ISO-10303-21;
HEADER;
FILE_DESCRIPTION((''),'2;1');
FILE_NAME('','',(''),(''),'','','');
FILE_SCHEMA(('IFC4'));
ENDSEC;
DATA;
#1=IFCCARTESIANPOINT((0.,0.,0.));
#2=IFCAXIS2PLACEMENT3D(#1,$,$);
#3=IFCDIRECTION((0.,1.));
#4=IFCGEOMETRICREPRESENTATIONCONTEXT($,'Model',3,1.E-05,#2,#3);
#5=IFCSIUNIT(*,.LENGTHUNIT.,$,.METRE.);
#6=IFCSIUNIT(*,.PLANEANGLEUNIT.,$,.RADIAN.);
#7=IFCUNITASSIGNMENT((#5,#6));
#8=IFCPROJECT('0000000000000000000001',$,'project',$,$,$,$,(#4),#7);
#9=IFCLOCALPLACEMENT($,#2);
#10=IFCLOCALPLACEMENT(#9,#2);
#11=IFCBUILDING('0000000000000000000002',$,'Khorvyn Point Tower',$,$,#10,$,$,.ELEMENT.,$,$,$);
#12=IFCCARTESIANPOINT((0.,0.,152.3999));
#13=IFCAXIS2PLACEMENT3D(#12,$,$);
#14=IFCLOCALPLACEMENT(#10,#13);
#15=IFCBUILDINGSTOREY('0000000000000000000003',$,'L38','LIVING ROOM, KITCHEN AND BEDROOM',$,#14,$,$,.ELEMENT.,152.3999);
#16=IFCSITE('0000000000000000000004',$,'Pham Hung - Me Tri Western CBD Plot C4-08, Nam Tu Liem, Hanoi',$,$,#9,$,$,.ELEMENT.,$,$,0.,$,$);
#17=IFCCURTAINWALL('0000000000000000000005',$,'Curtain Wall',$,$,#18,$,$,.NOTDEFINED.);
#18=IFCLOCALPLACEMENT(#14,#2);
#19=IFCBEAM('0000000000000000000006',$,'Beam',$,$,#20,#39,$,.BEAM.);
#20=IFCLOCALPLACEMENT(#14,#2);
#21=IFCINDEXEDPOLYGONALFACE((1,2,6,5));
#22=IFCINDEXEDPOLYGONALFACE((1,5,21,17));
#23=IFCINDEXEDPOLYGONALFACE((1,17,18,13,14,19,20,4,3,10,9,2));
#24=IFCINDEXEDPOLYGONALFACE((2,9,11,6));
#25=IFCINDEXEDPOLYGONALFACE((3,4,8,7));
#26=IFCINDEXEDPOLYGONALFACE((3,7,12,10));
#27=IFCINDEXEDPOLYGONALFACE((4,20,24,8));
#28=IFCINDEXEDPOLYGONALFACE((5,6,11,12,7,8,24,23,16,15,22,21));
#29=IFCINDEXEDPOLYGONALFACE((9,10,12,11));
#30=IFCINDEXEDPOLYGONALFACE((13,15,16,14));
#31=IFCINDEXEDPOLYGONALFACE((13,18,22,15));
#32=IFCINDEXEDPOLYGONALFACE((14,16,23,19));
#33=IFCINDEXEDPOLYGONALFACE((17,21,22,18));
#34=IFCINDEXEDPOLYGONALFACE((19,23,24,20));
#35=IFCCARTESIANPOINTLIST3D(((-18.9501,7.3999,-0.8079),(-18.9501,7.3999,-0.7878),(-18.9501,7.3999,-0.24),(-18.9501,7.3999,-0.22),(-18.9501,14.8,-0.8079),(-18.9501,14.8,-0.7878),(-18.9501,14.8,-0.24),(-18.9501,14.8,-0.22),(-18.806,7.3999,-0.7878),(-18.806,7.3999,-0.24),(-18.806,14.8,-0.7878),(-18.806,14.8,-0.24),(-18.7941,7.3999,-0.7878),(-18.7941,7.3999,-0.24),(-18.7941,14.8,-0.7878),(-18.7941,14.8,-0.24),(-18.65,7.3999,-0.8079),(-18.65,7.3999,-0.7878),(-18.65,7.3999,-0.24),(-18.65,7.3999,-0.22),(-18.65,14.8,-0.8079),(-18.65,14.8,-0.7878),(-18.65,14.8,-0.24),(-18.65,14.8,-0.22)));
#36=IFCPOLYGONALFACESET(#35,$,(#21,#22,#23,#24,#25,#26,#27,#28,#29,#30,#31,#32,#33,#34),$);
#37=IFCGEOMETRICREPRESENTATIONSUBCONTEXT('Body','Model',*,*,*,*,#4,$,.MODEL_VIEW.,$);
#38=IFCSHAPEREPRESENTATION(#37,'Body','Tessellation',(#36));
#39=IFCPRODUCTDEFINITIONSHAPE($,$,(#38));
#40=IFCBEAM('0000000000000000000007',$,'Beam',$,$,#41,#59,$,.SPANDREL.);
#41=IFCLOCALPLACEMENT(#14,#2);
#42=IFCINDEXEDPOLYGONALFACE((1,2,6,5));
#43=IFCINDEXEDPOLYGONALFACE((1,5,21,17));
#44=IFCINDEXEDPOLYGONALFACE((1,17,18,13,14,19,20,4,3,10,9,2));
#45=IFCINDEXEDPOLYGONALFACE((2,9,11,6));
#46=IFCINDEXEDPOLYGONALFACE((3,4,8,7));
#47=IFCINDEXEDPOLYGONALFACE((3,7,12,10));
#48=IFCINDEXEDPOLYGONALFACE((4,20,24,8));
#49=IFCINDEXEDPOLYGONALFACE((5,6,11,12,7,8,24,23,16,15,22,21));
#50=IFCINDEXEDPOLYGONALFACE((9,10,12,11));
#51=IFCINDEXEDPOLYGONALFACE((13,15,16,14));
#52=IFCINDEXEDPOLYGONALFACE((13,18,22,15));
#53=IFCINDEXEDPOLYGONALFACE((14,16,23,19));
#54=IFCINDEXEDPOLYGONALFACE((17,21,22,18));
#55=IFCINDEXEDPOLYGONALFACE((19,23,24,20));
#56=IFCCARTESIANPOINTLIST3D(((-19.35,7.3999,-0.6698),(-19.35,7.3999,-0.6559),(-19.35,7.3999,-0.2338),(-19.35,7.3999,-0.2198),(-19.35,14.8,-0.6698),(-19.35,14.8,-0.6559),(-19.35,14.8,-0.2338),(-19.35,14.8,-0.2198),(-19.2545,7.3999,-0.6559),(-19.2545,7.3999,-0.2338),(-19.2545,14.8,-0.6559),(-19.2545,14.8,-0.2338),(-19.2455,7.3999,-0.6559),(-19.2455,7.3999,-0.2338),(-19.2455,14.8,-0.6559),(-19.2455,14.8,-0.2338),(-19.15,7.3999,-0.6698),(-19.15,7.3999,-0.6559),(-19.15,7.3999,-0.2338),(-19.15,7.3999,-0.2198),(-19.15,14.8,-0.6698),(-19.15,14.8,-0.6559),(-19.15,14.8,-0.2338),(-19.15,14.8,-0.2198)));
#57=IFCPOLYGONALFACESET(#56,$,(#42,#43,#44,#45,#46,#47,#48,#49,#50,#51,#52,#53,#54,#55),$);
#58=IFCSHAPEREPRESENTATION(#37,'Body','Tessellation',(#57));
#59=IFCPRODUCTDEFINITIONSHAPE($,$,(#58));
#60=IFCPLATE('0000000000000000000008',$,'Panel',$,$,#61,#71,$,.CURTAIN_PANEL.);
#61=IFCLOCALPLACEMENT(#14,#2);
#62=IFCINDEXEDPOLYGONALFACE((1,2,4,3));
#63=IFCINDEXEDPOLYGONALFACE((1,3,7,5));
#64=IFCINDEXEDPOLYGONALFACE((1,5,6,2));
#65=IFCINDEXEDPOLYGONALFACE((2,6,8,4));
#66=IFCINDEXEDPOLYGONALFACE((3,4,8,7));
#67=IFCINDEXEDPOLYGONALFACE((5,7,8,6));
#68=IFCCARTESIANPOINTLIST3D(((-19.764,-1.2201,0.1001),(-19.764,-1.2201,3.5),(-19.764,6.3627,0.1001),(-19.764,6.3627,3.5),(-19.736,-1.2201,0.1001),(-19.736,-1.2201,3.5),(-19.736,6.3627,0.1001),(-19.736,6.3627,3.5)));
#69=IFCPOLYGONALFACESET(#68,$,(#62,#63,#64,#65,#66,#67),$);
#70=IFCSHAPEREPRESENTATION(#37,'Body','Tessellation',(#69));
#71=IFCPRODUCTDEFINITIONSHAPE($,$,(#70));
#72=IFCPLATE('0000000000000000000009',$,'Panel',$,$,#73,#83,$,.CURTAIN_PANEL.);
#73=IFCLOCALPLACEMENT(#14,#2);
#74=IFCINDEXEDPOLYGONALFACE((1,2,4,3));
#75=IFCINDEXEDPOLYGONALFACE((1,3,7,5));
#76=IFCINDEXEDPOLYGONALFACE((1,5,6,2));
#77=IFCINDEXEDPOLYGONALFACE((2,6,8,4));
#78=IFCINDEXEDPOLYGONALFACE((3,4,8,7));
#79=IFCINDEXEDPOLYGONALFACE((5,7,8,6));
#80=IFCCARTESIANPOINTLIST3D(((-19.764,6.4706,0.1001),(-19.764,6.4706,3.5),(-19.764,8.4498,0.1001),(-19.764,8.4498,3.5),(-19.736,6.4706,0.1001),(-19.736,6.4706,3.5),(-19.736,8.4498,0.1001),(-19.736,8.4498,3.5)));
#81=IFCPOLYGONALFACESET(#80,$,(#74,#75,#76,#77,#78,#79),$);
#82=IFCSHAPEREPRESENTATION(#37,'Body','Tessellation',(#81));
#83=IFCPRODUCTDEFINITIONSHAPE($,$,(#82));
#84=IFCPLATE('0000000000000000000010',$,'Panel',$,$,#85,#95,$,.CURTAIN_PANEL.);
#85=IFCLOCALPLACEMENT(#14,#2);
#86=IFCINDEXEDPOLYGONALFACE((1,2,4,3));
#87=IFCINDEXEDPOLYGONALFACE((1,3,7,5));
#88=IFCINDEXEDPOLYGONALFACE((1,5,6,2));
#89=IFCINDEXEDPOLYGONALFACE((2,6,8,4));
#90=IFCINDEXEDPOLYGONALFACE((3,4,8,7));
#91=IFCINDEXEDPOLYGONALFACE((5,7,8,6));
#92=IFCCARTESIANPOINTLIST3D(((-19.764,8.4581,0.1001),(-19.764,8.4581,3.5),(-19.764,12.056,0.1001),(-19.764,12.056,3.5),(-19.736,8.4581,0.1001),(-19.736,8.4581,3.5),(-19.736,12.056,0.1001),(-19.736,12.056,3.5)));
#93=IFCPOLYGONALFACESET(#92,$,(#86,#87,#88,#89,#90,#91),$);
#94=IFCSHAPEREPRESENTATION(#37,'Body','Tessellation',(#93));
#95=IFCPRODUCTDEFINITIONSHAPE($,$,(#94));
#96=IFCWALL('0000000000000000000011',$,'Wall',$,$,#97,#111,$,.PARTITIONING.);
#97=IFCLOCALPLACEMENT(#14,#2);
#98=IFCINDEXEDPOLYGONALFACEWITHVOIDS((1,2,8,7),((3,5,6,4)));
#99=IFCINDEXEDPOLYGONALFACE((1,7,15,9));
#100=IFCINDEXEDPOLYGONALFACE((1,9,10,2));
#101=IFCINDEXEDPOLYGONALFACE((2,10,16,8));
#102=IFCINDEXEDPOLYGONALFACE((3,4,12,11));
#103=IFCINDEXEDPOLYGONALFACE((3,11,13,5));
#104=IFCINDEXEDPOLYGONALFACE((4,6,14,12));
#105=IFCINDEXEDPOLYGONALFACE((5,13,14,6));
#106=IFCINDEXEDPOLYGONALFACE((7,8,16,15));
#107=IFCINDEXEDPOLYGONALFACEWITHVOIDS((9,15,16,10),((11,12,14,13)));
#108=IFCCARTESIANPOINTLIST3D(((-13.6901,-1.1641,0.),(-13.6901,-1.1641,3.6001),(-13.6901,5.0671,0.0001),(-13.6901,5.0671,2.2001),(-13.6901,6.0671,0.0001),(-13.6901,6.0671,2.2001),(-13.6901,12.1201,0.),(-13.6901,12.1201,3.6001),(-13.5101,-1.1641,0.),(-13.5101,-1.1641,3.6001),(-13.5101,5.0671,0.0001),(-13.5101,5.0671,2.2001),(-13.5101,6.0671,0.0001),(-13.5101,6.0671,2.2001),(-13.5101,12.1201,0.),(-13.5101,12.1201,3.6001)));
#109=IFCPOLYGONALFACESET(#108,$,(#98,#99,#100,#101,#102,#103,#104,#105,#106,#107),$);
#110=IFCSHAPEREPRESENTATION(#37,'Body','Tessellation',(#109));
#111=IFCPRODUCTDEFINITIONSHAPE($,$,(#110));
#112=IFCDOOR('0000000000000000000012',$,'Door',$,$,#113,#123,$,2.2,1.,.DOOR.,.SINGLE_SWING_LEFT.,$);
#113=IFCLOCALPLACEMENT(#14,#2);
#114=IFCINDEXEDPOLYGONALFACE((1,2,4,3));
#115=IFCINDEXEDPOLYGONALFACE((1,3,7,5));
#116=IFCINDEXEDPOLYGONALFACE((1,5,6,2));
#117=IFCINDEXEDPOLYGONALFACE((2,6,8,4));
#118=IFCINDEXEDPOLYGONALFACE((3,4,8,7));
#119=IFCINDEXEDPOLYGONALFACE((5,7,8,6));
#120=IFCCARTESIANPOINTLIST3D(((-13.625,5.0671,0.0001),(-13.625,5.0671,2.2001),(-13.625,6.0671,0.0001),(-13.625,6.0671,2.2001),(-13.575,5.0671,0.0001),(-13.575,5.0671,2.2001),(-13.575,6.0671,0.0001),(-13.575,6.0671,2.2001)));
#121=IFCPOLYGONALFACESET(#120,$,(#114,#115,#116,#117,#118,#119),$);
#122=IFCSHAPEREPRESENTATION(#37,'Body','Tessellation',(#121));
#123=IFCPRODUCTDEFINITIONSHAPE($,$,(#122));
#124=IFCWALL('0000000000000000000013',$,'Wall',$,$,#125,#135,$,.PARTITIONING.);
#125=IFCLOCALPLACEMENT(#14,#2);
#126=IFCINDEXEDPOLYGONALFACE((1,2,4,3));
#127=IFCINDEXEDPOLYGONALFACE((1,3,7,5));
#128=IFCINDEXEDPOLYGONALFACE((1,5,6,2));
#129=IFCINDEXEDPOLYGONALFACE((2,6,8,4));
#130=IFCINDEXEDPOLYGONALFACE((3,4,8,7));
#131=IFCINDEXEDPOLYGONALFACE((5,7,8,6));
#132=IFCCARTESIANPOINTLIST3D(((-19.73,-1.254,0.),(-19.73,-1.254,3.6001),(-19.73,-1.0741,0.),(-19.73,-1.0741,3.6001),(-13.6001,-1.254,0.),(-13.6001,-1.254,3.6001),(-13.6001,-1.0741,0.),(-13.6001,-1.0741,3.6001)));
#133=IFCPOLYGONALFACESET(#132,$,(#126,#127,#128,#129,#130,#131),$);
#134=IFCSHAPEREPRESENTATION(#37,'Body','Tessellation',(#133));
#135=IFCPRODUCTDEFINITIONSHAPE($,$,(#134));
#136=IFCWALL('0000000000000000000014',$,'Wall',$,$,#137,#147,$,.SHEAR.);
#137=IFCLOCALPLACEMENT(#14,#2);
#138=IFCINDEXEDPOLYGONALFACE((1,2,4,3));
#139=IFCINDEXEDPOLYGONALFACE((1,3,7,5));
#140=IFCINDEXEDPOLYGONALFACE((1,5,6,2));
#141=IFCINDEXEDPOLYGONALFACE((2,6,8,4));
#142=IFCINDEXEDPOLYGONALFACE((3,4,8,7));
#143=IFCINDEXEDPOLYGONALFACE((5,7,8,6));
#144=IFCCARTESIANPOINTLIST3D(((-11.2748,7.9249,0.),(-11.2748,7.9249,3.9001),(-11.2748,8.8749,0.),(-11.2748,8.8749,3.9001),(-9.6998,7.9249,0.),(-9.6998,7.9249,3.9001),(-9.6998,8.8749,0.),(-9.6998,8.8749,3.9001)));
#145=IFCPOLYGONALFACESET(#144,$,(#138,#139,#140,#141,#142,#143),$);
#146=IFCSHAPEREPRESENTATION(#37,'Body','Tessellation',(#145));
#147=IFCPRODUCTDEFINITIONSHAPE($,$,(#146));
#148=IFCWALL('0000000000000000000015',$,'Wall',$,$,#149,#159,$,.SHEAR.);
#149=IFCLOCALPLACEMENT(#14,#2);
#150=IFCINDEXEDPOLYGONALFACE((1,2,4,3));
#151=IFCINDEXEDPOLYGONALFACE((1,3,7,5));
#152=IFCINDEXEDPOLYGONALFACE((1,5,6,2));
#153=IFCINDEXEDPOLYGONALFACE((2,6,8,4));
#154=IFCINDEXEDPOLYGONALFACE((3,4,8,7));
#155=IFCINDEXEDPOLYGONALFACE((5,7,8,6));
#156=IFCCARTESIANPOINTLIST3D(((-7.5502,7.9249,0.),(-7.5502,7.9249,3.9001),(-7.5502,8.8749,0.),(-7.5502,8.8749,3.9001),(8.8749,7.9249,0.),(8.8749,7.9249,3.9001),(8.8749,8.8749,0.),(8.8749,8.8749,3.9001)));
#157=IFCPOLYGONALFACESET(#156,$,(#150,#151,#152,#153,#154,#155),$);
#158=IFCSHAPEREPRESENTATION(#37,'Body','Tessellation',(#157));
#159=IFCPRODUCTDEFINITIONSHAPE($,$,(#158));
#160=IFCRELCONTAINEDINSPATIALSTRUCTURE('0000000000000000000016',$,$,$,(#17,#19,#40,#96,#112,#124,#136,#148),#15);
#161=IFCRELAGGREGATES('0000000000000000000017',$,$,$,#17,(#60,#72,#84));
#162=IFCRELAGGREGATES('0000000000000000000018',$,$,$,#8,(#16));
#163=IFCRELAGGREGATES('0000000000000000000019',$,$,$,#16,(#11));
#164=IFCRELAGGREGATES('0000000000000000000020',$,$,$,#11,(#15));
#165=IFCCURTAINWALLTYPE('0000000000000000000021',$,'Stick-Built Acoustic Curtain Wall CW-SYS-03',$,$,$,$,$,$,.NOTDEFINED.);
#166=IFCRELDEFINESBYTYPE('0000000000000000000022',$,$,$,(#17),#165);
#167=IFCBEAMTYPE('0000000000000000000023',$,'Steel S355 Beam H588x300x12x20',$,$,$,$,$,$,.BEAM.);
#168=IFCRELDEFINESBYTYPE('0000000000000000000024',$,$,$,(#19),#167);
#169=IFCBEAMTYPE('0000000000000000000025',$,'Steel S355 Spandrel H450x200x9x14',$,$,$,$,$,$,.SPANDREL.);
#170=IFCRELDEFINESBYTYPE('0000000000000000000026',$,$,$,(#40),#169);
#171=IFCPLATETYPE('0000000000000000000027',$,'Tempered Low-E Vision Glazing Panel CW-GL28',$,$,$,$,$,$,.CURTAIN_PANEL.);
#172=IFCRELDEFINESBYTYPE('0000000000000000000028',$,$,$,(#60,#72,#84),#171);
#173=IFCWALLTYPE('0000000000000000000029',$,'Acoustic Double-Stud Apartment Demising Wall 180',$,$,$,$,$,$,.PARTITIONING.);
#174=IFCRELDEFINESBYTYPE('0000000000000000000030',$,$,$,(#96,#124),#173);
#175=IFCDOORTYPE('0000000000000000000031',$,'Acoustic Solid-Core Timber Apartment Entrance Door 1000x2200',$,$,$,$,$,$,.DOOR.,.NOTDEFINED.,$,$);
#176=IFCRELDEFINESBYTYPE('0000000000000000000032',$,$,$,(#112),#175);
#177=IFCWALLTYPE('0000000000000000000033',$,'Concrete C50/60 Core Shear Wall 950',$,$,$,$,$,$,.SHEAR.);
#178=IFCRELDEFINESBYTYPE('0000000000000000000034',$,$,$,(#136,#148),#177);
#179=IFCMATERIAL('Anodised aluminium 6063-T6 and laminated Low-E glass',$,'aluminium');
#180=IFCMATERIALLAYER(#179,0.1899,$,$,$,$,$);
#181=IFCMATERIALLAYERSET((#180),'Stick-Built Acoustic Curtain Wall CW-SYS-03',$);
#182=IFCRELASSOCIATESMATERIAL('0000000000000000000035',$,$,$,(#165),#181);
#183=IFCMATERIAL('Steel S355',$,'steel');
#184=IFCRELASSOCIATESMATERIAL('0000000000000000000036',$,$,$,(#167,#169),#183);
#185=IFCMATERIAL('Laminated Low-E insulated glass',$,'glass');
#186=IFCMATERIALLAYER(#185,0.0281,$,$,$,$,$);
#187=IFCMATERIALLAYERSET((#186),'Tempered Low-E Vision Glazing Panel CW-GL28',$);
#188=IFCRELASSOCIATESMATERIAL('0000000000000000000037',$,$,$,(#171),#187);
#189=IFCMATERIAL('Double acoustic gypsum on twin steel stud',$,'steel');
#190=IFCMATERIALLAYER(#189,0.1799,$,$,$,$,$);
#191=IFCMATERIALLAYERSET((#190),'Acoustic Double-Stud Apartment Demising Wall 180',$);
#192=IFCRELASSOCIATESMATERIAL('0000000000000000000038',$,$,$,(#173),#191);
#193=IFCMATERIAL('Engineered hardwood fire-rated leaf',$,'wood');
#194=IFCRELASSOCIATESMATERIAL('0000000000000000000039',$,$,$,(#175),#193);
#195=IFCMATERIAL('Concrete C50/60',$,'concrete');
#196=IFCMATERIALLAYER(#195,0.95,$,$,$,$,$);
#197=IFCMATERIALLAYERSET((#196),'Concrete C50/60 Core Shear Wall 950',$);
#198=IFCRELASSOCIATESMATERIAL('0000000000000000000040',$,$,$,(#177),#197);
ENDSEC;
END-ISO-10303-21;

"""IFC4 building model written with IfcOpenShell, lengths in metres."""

from ifc_helpers import new_model, si_unit, direction, frame, frame_2d, origin, origin_2d, place, context, subcontext, project, spatial, rectangle, i_section, extrude, material, layer, layer_set, material_profile, profile_set, type_object, element, fill, aggregate, save


model = new_model("IFC4")

# Units and contexts
model_context = context("Model", 3, precision=1e-05, world=origin(), true_north=direction((0.0, 1.0)))
body_context = subcontext(model_context, "Body", "Model", "MODEL_VIEW")
ifc_project = project(units=[si_unit("LENGTHUNIT", "METRE"), si_unit("PLANEANGLEUNIT", "RADIAN")], contexts=[model_context])

# Site, building, storey
site_placement = place(None, origin())
site = spatial("IfcSite", under=ifc_project, at=site_placement, Name="Pham Hung - Me Tri Western CBD Plot C4-08, Nam Tu Liem, Hanoi", CompositionType="ELEMENT", RefElevation=0.0)
building_placement = place(site_placement, origin())
building = spatial("IfcBuilding", under=site, at=building_placement, Name="Khorvyn Point Tower", CompositionType="ELEMENT")
storey_placement = place(building_placement, frame((0.0, 0.0, 152.3999)))
storey = spatial("IfcBuildingStorey", under=building, at=storey_placement, Name="L38", Description="LIVING ROOM, KITCHEN AND BEDROOM", CompositionType="ELEMENT", Elevation=152.3999)

# Shared definitions
ifc_material_1 = material(Name="Concrete C50/60", Category="concrete")

# Curtain wall
ifc_material_2 = material(Name="Anodised aluminium 6063-T6 and laminated Low-E glass", Category="aluminium")
ifc_layer_1 = layer(ifc_material_2, 0.1899)
ifc_layer_set_1 = layer_set([ifc_layer_1], Name="Stick-Built Acoustic Curtain Wall CW-SYS-03")
curtain_wall_type = type_object("IfcCurtainWallType", Name="Stick-Built Acoustic Curtain Wall CW-SYS-03", PredefinedType="NOTDEFINED", material=ifc_layer_set_1)
curtain_wall_placement = place(storey_placement, origin())
curtain_wall = element("IfcCurtainWall", 1, at=curtain_wall_placement, inside=storey, type_object=curtain_wall_type, Name="Curtain Wall", PredefinedType="NOTDEFINED")

# Beams
ifc_material_3 = material(Name="Steel S355", Category="steel")
ifc_material_profile_1 = material_profile(ifc_material_3, i_section(OverallWidth=0.3, OverallDepth=0.5879, WebThickness=0.012, FlangeThickness=0.02, at=origin_2d()))
ifc_profile_set_1 = profile_set([ifc_material_profile_1], Name="Steel S355 H588x300x12x20")
beam_type_1 = type_object("IfcBeamType", Name="Steel S355 Beam H588x300x12x20", PredefinedType="BEAM", material=ifc_profile_set_1)
for number, where, z_axis, x_axis, name in (
    (2, (-18.8, 7.3999, -0.5139), (0.0, 1.0, 0.0), (-1.0, 0.0, 0.0), "Beam"),
):
    element("IfcBeam", number, at=place(storey_placement, frame(where, z_axis=z_axis, x_axis=x_axis)), inside=storey, type_object=beam_type_1, Name=name, PredefinedType="BEAM", context=body_context, shape_type="SweptSolid", body=[
        extrude(i_section(OverallWidth=0.3, OverallDepth=0.5879, WebThickness=0.012, FlangeThickness=0.02, at=origin_2d()), origin(), (0.0, 0.0, 1.0), 7.4001),
    ])
ifc_material_profile_2 = material_profile(ifc_material_3, i_section(OverallWidth=0.2, OverallDepth=0.45, WebThickness=0.009, FlangeThickness=0.0139, at=origin_2d()))
ifc_profile_set_2 = profile_set([ifc_material_profile_2], Name="Steel S355 H450x200x9x14")
beam_type_2 = type_object("IfcBeamType", Name="Steel S355 Spandrel H450x200x9x14", PredefinedType="SPANDREL", material=ifc_profile_set_2)
beam_1_placement = place(storey_placement, frame((-19.25, 7.3999, -0.4448), z_axis=(0.0, 1.0, 0.0), x_axis=(-1.0, 0.0, 0.0)))
element("IfcBeam", 3, at=beam_1_placement, inside=storey, type_object=beam_type_2, Name="Beam", PredefinedType="SPANDREL", context=body_context, shape_type="SweptSolid", body=[
    extrude(i_section(OverallWidth=0.2, OverallDepth=0.45, WebThickness=0.009, FlangeThickness=0.0139, at=origin_2d()), origin(), (0.0, 0.0, 1.0), 7.4001),
])

# Plates
ifc_material_4 = material(Name="Laminated Low-E insulated glass", Category="glass")
ifc_layer_2 = layer(ifc_material_4, 0.0281)
ifc_layer_set_2 = layer_set([ifc_layer_2], Name="Tempered Low-E Vision Glazing Panel CW-GL28")
plate_type = type_object("IfcPlateType", Name="Tempered Low-E Vision Glazing Panel CW-GL28", PredefinedType="CURTAIN_PANEL", material=ifc_layer_set_2)
plate_1_placement = place(storey_placement, frame((-19.75, 2.5713, 0.1001), z_axis=(0.0, 0.0, 1.0), x_axis=(0.0, 1.0, 0.0)))
plate_1 = element("IfcPlate", 4, at=plate_1_placement, type_object=plate_type, Name="Panel", PredefinedType="CURTAIN_PANEL", context=body_context, shape_type="SweptSolid", body=[
    extrude(rectangle(XDim=7.5828, YDim=0.0281, at=origin_2d()), origin(), (0.0, 0.0, 1.0), 3.3999),
])
plate_2_placement = place(storey_placement, frame((-19.75, 7.4602, 0.1001), z_axis=(0.0, 0.0, 1.0), x_axis=(0.0, 1.0, 0.0)))
plate_2 = element("IfcPlate", 5, at=plate_2_placement, type_object=plate_type, Name="Panel", PredefinedType="CURTAIN_PANEL", context=body_context, shape_type="SweptSolid", body=[
    extrude(rectangle(XDim=1.9792, YDim=0.0281, at=origin_2d()), origin(), (0.0, 0.0, 1.0), 3.3999),
])
plate_3_placement = place(storey_placement, frame((-19.75, 10.2571, 0.1001), z_axis=(0.0, 0.0, 1.0), x_axis=(0.0, 1.0, 0.0)))
plate_3 = element("IfcPlate", 6, at=plate_3_placement, type_object=plate_type, Name="Panel", PredefinedType="CURTAIN_PANEL", context=body_context, shape_type="SweptSolid", body=[
    extrude(rectangle(XDim=3.5979, YDim=0.0281, at=origin_2d()), origin(), (0.0, 0.0, 1.0), 3.3999),
])
aggregate(curtain_wall, [plate_1, plate_2, plate_3])

# Wall, opening, door
ifc_material_5 = material(Name="Double acoustic gypsum on twin steel stud", Category="steel")
ifc_layer_3 = layer(ifc_material_5, 0.1799)
ifc_layer_set_3 = layer_set([ifc_layer_3], Name="Acoustic Double-Stud Apartment Demising Wall 180")
wall_type_1 = type_object("IfcWallType", Name="Acoustic Double-Stud Apartment Demising Wall 180", PredefinedType="PARTITIONING", material=ifc_layer_set_3)
wall_1_placement = place(storey_placement, frame((-13.6001, -1.1641, 0.0), z_axis=(0.0, 0.0, 1.0), x_axis=(0.0, 1.0, 0.0)))
wall_1 = element("IfcWall", 7, at=wall_1_placement, inside=storey, type_object=wall_type_1, Name="Wall", PredefinedType="PARTITIONING", context=body_context, shape_type="SweptSolid", body=[
    extrude(rectangle(XDim=13.2842, YDim=0.1799, at=frame_2d((6.6421, 0.0))), origin(), (0.0, 0.0, 1.0), 3.6001),
])
opening_1_placement = place(wall_1_placement, frame((6.2312, 0.0, 0.0)))
opening_1 = element("IfcOpeningElement", 8, at=opening_1_placement, cuts=wall_1, PredefinedType="OPENING", context=body_context, shape_type="SweptSolid", body=[
    extrude(rectangle(XDim=1.0, YDim=2.2, at=frame_2d((0.5, 1.1001))), frame((0.0, 0.0999, 0.0), z_axis=(0.0, -1.0, 0.0), x_axis=(1.0, 0.0, 0.0)), (0.0, 0.0, 1.0), 0.2),
])
ifc_material_6 = material(Name="Engineered hardwood fire-rated leaf", Category="wood")
door_type_1 = type_object("IfcDoorType", Name="Acoustic Solid-Core Timber Apartment Entrance Door 1000x2200", OperationType="NOTDEFINED", PredefinedType="DOOR", material=ifc_material_6)
door_1_placement = place(opening_1_placement, origin())
door_1 = element("IfcDoor", 9, at=door_1_placement, inside=storey, type_object=door_type_1, Name="Door", OperationType="SINGLE_SWING_LEFT", OverallHeight=2.2, OverallWidth=1.0, PredefinedType="DOOR", context=body_context, shape_type="SweptSolid", body=[
    extrude(rectangle(XDim=1.0, YDim=2.2, at=frame_2d((0.5, 1.1001))), frame((0.0, 0.0249, 0.0), z_axis=(0.0, -1.0, 0.0), x_axis=(1.0, 0.0, 0.0)), (0.0, 0.0, 1.0), 0.05),
])
fill(opening_1, door_1)

# Wall
wall_2_placement = place(storey_placement, frame((-19.73, -1.1641, 0.0), z_axis=(0.0, 0.0, 1.0), x_axis=(1.0, 0.0, 0.0)))
element("IfcWall", 10, at=wall_2_placement, inside=storey, type_object=wall_type_1, Name="Wall", PredefinedType="PARTITIONING", context=body_context, shape_type="SweptSolid", body=[
    extrude(rectangle(XDim=6.1299, YDim=0.1799, at=frame_2d((3.0649, 0.0))), origin(), (0.0, 0.0, 1.0), 3.6001),
])

# Walls
ifc_layer_4 = layer(ifc_material_1, 0.95)
ifc_layer_set_4 = layer_set([ifc_layer_4], Name="Concrete C50/60 Core Shear Wall 950")
wall_type_2 = type_object("IfcWallType", Name="Concrete C50/60 Core Shear Wall 950", PredefinedType="SHEAR", material=ifc_layer_set_4)
wall_3_placement = place(storey_placement, frame((-11.2749, 8.3999, 0.0), z_axis=(0.0, 0.0, 1.0), x_axis=(1.0, 0.0, 0.0)))
element("IfcWall", 11, at=wall_3_placement, inside=storey, type_object=wall_type_2, Name="Wall", PredefinedType="SHEAR", context=body_context, shape_type="SweptSolid", body=[
    extrude(rectangle(XDim=1.575, YDim=0.95, at=frame_2d((0.7876, 0.0))), origin(), (0.0, 0.0, 1.0), 3.9001),
])
wall_4_placement = place(storey_placement, frame((-7.55, 8.3999, 0.0), z_axis=(0.0, 0.0, 1.0), x_axis=(1.0, 0.0, 0.0)))
element("IfcWall", 12, at=wall_4_placement, inside=storey, type_object=wall_type_2, Name="Wall", PredefinedType="SHEAR", context=body_context, shape_type="SweptSolid", body=[
    extrude(rectangle(XDim=16.425, YDim=0.95, at=frame_2d((8.2124, 0.0))), origin(), (0.0, 0.0, 1.0), 3.9001),
])

save(model, "model.ifc")
